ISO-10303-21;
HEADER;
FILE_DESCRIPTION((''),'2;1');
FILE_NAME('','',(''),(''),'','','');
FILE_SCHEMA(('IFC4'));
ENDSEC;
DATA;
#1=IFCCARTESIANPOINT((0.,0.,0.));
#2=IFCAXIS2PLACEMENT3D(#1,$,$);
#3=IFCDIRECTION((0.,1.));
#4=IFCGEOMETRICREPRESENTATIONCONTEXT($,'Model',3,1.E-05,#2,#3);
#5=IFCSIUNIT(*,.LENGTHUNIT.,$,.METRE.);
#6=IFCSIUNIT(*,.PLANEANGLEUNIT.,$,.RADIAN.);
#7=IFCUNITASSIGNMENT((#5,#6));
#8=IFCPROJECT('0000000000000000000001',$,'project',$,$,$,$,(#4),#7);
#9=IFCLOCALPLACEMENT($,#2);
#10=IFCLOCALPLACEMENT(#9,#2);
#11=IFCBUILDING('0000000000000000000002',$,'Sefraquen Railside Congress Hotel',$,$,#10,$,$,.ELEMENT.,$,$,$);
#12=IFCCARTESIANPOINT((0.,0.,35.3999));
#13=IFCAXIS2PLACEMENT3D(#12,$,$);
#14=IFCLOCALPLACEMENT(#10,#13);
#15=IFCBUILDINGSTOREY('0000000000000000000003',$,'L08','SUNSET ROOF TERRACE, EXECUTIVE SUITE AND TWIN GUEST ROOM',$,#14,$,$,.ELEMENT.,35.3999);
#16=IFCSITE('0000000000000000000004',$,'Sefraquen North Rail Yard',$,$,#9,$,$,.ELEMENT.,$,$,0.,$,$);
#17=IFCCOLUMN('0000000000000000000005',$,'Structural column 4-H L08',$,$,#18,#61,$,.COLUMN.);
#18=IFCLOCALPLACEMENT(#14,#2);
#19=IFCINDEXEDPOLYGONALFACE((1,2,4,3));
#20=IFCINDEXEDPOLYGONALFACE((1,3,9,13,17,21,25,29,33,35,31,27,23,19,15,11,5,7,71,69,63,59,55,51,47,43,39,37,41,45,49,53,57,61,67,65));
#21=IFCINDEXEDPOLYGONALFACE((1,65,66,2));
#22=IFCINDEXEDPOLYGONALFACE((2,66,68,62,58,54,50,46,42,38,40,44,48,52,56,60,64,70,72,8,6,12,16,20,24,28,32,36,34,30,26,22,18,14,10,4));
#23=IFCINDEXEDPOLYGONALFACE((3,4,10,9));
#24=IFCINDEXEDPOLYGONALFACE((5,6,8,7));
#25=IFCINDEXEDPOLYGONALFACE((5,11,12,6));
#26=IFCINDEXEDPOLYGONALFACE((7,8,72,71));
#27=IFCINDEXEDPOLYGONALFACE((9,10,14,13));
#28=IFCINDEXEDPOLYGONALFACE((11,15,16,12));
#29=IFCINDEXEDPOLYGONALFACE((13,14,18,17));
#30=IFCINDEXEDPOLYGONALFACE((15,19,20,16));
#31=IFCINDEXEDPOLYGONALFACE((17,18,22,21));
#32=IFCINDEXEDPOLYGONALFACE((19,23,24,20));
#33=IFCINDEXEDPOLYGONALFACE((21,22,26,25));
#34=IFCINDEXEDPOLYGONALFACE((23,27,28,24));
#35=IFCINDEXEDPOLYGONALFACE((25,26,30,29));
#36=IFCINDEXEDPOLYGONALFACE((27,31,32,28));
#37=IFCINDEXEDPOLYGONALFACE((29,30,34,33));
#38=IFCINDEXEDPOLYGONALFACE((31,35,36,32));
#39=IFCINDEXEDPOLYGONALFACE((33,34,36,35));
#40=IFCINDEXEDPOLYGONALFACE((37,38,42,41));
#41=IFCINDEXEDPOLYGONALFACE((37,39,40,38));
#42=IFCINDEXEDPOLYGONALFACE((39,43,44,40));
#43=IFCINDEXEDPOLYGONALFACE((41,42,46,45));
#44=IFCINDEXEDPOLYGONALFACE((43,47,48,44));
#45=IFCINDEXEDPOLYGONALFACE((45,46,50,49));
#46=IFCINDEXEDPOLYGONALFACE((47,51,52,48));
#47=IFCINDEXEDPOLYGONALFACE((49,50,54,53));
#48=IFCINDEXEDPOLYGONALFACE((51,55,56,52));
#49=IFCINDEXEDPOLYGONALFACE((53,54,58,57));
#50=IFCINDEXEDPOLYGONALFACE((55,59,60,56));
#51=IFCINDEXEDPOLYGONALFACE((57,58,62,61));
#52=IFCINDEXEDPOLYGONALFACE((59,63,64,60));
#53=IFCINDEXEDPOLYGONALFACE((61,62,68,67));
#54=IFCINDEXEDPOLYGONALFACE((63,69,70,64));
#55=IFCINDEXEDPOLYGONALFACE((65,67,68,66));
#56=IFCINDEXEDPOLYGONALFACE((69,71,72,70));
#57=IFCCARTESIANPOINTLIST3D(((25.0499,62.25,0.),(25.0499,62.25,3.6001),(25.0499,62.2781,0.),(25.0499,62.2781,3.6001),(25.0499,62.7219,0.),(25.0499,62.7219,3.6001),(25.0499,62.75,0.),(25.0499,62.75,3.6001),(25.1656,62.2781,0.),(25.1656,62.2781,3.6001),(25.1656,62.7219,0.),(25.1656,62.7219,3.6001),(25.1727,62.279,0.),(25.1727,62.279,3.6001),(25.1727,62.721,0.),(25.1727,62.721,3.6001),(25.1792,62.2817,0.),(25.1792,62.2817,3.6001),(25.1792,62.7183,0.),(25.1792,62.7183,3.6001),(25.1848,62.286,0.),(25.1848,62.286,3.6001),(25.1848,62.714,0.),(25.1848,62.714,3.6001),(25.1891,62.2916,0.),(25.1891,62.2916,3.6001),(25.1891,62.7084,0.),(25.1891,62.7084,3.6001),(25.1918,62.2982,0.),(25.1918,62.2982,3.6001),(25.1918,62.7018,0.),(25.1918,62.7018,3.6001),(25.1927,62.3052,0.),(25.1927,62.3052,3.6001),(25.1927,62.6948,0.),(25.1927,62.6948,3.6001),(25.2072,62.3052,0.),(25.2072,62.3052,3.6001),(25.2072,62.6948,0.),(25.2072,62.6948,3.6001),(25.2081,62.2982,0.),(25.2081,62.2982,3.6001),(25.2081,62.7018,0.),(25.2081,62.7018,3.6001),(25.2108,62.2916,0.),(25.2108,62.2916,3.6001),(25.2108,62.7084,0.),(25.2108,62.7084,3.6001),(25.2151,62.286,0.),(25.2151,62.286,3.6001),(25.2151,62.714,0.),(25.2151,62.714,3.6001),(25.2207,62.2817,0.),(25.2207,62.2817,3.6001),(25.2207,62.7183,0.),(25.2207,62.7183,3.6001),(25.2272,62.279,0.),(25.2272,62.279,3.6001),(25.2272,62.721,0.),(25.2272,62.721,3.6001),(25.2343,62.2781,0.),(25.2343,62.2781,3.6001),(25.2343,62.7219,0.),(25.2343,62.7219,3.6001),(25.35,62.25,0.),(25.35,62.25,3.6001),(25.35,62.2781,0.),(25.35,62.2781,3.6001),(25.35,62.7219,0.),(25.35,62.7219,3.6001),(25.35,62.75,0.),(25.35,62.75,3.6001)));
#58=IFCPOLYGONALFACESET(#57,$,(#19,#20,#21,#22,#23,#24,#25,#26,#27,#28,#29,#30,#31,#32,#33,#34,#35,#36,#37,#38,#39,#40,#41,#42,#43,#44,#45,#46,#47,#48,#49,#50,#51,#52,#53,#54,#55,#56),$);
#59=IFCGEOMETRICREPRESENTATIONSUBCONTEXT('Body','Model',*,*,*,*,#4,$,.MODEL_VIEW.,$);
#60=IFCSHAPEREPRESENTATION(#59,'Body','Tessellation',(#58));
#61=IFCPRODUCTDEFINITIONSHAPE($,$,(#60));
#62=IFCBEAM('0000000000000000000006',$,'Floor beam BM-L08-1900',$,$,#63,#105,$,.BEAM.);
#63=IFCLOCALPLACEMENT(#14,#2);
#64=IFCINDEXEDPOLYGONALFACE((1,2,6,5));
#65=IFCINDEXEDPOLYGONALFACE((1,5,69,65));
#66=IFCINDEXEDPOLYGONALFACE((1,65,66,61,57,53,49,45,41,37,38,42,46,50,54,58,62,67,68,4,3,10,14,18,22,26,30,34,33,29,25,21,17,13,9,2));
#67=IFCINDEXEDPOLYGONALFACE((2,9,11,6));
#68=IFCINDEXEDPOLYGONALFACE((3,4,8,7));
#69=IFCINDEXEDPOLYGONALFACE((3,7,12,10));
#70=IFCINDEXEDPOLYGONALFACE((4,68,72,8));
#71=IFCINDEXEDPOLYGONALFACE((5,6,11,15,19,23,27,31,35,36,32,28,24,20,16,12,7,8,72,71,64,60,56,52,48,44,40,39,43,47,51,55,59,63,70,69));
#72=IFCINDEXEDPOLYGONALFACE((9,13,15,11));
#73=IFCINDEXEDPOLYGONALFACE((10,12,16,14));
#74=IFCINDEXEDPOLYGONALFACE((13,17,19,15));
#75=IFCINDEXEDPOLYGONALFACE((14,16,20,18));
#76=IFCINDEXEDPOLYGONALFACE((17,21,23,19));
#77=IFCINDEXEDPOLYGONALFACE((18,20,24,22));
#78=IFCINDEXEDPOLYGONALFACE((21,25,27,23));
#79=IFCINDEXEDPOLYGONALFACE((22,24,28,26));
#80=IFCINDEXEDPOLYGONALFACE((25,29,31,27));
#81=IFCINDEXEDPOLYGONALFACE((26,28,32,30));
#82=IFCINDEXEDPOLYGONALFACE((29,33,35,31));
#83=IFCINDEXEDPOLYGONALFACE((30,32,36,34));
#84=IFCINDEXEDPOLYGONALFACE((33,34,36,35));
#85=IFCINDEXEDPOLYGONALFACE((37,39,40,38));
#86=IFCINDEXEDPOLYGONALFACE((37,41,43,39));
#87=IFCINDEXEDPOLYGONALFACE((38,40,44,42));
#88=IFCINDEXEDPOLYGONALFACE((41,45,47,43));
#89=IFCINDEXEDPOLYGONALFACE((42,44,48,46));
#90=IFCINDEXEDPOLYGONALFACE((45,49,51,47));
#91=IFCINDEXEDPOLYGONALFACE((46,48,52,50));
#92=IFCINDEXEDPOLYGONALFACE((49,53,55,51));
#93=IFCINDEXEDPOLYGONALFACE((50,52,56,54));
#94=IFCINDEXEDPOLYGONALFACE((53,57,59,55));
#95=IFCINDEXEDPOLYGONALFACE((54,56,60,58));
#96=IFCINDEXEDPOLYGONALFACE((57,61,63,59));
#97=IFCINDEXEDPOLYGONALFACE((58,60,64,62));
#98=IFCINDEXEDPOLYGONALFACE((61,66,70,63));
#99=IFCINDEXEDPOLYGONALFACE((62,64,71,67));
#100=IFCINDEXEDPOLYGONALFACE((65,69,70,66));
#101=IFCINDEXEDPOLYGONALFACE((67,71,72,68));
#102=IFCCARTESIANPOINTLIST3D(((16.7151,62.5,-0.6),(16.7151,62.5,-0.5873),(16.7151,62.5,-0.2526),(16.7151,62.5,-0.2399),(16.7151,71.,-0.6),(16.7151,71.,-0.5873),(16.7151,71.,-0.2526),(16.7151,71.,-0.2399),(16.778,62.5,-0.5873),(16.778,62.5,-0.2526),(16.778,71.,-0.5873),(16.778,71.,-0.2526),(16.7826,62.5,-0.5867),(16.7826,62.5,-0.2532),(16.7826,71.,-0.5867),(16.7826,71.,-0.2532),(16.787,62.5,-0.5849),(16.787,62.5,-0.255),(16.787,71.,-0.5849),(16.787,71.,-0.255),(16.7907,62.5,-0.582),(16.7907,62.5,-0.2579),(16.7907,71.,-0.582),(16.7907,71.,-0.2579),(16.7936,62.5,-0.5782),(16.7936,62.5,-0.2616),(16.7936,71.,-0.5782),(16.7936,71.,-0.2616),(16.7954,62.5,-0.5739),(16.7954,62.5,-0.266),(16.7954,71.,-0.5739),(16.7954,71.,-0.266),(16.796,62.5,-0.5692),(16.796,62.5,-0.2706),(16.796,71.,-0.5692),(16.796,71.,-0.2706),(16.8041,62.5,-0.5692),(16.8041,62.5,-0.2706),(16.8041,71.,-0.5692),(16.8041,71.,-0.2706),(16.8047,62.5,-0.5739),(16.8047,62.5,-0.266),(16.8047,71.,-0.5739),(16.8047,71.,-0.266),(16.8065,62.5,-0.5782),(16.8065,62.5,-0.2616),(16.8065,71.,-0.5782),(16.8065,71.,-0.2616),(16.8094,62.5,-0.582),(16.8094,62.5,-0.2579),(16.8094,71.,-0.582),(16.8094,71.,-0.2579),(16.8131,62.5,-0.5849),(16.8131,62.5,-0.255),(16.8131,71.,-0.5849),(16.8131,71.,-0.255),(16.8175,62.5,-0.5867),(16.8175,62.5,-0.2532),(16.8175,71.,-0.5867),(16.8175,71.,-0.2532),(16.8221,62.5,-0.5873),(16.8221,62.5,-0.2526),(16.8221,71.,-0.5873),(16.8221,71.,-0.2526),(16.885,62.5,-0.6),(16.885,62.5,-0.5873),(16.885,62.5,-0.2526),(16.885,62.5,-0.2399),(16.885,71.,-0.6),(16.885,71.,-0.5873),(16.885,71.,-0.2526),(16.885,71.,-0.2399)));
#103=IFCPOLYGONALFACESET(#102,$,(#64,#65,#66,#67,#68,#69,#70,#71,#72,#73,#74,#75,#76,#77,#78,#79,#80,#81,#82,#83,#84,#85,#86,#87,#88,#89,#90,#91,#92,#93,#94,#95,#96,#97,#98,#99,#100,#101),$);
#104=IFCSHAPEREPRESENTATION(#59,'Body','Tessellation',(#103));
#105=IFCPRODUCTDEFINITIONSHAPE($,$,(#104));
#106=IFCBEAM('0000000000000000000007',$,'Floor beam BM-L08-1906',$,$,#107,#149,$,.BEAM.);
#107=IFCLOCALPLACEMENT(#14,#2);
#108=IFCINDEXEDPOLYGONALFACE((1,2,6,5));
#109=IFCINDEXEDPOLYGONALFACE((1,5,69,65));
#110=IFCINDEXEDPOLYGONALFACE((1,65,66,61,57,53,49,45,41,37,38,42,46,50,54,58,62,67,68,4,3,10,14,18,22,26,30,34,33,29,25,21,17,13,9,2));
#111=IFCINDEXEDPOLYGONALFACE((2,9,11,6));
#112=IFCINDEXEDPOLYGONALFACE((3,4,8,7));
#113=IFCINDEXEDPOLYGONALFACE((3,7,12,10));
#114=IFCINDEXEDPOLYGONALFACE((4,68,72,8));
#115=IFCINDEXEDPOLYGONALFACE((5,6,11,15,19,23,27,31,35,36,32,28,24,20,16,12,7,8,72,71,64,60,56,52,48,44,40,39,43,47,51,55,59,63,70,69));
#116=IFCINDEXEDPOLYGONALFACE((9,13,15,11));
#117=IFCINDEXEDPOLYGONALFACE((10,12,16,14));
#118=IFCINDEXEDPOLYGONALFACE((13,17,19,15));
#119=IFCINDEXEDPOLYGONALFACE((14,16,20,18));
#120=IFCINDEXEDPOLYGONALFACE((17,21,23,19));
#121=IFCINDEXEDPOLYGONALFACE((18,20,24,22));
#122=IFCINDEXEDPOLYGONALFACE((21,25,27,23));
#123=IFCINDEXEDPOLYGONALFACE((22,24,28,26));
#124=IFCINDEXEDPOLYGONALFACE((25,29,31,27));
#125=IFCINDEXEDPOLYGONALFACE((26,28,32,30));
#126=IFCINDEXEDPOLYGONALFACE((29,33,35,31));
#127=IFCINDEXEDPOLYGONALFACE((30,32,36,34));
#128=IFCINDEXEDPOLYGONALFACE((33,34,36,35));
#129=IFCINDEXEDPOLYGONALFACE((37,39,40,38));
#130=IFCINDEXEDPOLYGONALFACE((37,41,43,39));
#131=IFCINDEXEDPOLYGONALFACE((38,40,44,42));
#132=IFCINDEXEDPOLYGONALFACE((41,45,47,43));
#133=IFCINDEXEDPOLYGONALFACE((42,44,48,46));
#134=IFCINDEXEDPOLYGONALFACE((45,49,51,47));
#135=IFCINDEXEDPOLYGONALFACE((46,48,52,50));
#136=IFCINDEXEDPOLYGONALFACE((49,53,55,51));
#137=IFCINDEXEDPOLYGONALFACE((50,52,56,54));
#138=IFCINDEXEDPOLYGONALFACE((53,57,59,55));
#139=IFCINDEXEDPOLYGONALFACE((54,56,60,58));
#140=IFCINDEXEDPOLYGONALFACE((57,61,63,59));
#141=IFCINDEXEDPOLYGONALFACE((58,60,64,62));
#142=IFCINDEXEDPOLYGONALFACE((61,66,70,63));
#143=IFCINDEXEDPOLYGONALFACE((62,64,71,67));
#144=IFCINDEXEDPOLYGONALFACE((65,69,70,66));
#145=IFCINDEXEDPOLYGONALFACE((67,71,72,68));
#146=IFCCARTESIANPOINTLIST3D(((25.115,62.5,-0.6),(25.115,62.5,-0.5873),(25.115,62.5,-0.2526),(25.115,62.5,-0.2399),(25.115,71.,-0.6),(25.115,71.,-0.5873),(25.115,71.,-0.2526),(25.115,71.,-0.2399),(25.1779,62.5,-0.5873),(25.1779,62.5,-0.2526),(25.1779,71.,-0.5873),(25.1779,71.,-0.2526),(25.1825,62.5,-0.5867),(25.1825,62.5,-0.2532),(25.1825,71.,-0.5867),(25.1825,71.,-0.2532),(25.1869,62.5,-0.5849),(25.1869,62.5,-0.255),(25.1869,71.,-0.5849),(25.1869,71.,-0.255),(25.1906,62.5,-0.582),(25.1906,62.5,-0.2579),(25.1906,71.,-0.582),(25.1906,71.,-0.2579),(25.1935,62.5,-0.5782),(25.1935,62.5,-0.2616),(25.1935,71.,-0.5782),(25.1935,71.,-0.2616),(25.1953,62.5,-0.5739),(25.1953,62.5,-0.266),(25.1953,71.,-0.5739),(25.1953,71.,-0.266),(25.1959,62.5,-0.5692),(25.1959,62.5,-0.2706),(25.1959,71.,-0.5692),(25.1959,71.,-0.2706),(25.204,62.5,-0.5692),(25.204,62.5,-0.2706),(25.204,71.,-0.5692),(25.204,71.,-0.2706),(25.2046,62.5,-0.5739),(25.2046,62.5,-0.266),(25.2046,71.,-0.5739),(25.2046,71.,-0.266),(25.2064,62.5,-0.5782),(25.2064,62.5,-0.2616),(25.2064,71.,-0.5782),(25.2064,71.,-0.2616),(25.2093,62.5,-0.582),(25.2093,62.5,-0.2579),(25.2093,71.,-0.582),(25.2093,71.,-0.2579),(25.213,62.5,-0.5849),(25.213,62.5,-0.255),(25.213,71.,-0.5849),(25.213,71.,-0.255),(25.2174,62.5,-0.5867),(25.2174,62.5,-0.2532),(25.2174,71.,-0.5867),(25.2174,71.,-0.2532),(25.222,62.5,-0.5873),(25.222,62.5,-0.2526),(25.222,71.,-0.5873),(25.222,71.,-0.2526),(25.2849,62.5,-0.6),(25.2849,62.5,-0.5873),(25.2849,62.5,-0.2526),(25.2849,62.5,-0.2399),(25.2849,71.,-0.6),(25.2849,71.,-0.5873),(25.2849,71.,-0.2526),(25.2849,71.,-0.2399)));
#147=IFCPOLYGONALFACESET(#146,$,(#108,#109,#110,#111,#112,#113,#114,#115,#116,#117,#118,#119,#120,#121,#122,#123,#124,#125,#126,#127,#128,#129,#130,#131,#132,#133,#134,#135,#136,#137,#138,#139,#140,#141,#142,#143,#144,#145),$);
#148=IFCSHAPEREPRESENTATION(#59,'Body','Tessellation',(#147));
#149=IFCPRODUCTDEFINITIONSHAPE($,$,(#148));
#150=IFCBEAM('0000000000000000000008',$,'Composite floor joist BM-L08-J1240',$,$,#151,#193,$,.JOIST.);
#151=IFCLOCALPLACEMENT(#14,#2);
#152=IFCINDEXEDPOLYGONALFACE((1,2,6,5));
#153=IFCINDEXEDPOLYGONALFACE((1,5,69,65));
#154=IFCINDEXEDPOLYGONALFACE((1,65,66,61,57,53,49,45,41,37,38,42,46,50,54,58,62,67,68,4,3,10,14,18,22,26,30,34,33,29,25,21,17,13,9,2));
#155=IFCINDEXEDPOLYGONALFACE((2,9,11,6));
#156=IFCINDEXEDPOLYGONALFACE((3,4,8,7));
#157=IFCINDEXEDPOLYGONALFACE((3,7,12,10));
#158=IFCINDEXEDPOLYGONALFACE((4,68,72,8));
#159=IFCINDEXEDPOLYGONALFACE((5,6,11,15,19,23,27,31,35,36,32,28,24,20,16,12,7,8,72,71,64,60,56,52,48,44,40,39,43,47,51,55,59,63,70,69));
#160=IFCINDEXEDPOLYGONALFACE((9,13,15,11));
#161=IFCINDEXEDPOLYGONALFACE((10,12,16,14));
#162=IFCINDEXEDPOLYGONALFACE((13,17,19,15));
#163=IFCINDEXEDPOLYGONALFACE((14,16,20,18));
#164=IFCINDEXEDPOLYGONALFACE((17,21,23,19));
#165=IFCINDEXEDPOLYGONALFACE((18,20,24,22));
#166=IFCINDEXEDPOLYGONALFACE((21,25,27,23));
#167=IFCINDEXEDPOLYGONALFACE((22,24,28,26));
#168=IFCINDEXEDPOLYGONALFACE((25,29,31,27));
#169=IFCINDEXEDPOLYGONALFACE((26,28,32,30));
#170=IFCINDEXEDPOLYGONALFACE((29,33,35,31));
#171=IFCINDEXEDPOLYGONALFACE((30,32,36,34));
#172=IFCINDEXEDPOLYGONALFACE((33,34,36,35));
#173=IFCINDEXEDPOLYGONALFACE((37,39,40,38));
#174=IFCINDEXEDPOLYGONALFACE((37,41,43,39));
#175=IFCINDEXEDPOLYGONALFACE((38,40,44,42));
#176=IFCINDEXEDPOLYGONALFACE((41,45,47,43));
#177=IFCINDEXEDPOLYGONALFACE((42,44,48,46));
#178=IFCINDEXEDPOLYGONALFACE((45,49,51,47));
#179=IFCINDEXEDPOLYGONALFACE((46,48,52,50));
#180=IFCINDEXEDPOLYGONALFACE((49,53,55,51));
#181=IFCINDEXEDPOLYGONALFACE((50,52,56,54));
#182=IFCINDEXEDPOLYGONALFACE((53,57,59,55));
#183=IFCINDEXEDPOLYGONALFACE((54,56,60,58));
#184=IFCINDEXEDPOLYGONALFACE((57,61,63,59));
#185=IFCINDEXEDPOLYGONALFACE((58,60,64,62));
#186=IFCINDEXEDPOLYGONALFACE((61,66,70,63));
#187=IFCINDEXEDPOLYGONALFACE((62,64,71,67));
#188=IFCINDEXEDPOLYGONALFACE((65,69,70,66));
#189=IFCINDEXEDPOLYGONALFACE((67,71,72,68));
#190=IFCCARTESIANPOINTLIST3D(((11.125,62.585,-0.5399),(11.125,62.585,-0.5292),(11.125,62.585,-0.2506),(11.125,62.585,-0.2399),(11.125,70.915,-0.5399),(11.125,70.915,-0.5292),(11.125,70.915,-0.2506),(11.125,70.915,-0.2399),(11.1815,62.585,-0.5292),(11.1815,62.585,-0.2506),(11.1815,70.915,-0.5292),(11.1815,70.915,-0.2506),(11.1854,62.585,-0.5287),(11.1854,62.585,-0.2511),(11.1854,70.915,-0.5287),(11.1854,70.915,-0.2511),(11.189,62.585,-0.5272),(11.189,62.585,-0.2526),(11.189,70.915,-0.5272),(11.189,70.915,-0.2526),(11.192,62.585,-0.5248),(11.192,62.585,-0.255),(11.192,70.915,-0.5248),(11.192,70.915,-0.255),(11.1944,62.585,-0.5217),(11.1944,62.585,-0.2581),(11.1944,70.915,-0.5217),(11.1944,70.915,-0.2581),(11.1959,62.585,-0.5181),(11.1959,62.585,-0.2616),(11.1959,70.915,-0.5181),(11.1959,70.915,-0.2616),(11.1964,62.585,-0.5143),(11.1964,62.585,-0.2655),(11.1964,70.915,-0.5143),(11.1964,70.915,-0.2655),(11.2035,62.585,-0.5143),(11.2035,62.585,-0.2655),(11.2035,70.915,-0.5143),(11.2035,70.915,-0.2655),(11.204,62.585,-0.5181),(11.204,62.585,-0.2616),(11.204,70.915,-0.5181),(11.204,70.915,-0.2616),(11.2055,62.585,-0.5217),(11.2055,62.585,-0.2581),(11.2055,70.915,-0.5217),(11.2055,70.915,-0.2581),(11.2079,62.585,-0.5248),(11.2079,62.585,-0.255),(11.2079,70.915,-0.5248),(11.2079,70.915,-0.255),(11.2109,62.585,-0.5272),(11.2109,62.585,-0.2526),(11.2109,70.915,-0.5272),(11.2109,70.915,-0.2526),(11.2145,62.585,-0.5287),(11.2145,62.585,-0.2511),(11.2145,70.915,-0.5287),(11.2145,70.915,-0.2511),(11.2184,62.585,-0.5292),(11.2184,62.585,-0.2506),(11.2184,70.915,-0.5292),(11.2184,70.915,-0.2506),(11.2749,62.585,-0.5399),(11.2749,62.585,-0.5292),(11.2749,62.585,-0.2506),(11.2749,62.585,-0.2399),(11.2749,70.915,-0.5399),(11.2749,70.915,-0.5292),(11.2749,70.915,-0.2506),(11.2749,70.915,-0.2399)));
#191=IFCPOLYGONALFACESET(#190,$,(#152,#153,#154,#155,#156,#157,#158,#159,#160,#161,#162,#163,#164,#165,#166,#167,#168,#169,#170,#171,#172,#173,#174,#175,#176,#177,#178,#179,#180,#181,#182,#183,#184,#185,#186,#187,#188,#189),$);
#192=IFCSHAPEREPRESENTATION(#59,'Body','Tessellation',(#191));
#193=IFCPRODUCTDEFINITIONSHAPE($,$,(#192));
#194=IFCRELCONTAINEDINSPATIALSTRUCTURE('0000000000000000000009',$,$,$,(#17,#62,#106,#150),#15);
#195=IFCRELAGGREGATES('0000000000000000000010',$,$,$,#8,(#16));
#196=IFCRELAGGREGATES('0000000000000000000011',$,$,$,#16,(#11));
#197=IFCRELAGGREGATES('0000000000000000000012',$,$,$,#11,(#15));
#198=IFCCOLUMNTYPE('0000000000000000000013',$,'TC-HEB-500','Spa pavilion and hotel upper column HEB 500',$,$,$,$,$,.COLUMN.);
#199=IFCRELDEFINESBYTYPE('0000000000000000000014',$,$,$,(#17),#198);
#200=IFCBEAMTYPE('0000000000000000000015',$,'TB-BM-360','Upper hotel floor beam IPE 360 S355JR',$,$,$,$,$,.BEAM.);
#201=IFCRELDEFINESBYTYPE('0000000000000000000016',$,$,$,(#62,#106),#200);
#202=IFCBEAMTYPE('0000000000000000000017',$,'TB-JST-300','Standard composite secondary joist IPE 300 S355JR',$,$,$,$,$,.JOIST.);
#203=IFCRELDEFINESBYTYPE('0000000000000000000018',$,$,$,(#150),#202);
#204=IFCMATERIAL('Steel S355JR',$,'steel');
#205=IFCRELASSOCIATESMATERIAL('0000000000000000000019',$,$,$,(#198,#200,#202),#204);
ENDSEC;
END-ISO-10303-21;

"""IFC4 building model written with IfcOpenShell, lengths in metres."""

from ifc_helpers import new_model, si_unit, direction, frame, origin, origin_2d, place, context, subcontext, project, spatial, i_section, extrude, material, material_profile, profile_set, type_object, element, save


model = new_model("IFC4")

# Units and contexts
model_context = context("Model", 3, precision=1e-05, world=origin(), true_north=direction((0.0, 1.0)))
body_context = subcontext(model_context, "Body", "Model", "MODEL_VIEW")
ifc_project = project(units=[si_unit("LENGTHUNIT", "METRE"), si_unit("PLANEANGLEUNIT", "RADIAN")], contexts=[model_context])

# Site, building, storey
site_placement = place(None, origin())
site = spatial("IfcSite", under=ifc_project, at=site_placement, Name="Sefraquen North Rail Yard", CompositionType="ELEMENT", RefElevation=0.0)
building_placement = place(site_placement, origin())
building = spatial("IfcBuilding", under=site, at=building_placement, Name="Sefraquen Railside Congress Hotel", CompositionType="ELEMENT")
storey_placement = place(building_placement, frame((0.0, 0.0, 35.3999)))
storey = spatial("IfcBuildingStorey", under=building, at=storey_placement, Name="L08", Description="SUNSET ROOF TERRACE, EXECUTIVE SUITE AND TWIN GUEST ROOM", CompositionType="ELEMENT", Elevation=35.3999)

# Column
ifc_material_1 = material(Name="Steel S355JR", Category="steel")
ifc_material_profile_1 = material_profile(ifc_material_1, i_section(OverallWidth=0.3, OverallDepth=0.5, WebThickness=0.0144, FlangeThickness=0.0281, FilletRadius=0.0271, at=origin_2d()), Name="HEB 500")
ifc_profile_set_1 = profile_set([ifc_material_profile_1], Name="Steel S355JR")
column_type = type_object("IfcColumnType", Name="TC-HEB-500", Description="Spa pavilion and hotel upper column HEB 500", PredefinedType="COLUMN", material=ifc_profile_set_1)
column_placement = place(storey_placement, frame((25.2, 62.5, 0.0), z_axis=(0.0, 0.0, 1.0), x_axis=(1.0, 0.0, 0.0)))
element("IfcColumn", 1, at=column_placement, inside=storey, type_object=column_type, Name="Structural column 4-H L08", PredefinedType="COLUMN", context=body_context, shape_type="SweptSolid", body=[
    extrude(i_section(OverallWidth=0.3, OverallDepth=0.5, WebThickness=0.0144, FlangeThickness=0.0281, FilletRadius=0.0271, at=origin_2d()), origin(), (0.0, 0.0, 1.0), 3.6001),
])

# Beams
ifc_material_profile_2 = material_profile(ifc_material_1, i_section(OverallWidth=0.1699, OverallDepth=0.3601, WebThickness=0.0081, FlangeThickness=0.0127, FilletRadius=0.0181, at=origin_2d()), Name="IPE 360")
ifc_profile_set_2 = profile_set([ifc_material_profile_2], Name="Steel S355JR")
beam_type_1 = type_object("IfcBeamType", Name="TB-BM-360", Description="Upper hotel floor beam IPE 360 S355JR", PredefinedType="BEAM", material=ifc_profile_set_2)
for number, where, z_axis, x_axis, name in (
    (2, (16.8, 62.5, -0.4199), (0.0, 1.0, 0.0), (-1.0, 0.0, 0.0), "Floor beam BM-L08-1900"),
    (3, (25.2, 62.5, -0.4199), (0.0, 1.0, 0.0), (-1.0, 0.0, 0.0), "Floor beam BM-L08-1906"),
):
    element("IfcBeam", number, at=place(storey_placement, frame(where, z_axis=z_axis, x_axis=x_axis)), inside=storey, type_object=beam_type_1, Name=name, PredefinedType="BEAM", context=body_context, shape_type="SweptSolid", body=[
        extrude(i_section(OverallWidth=0.1699, OverallDepth=0.3601, WebThickness=0.0081, FlangeThickness=0.0127, FilletRadius=0.0181, at=origin_2d()), origin(), (0.0, 0.0, 1.0), 8.5),
    ])
ifc_material_profile_3 = material_profile(ifc_material_1, i_section(OverallWidth=0.1499, OverallDepth=0.3, WebThickness=0.0071, FlangeThickness=0.0107, FilletRadius=0.0149, at=origin_2d()), Name="IPE 300")
ifc_profile_set_3 = profile_set([ifc_material_profile_3], Name="Steel S355JR")
beam_type_2 = type_object("IfcBeamType", Name="TB-JST-300", Description="Standard composite secondary joist IPE 300 S355JR", PredefinedType="JOIST", material=ifc_profile_set_3)
for number, where, z_axis, x_axis, name in (
    (4, (11.2, 62.585, -0.3899), (0.0, 1.0, 0.0), (-1.0, 0.0, 0.0), "Composite floor joist BM-L08-J1240"),
):
    element("IfcBeam", number, at=place(storey_placement, frame(where, z_axis=z_axis, x_axis=x_axis)), inside=storey, type_object=beam_type_2, Name=name, PredefinedType="JOIST", context=body_context, shape_type="SweptSolid", body=[
        extrude(i_section(OverallWidth=0.1499, OverallDepth=0.3, WebThickness=0.0071, FlangeThickness=0.0107, FilletRadius=0.0149, at=origin_2d()), origin(), (0.0, 0.0, 1.0), 8.3301),
    ])

save(model, "model.ifc")
